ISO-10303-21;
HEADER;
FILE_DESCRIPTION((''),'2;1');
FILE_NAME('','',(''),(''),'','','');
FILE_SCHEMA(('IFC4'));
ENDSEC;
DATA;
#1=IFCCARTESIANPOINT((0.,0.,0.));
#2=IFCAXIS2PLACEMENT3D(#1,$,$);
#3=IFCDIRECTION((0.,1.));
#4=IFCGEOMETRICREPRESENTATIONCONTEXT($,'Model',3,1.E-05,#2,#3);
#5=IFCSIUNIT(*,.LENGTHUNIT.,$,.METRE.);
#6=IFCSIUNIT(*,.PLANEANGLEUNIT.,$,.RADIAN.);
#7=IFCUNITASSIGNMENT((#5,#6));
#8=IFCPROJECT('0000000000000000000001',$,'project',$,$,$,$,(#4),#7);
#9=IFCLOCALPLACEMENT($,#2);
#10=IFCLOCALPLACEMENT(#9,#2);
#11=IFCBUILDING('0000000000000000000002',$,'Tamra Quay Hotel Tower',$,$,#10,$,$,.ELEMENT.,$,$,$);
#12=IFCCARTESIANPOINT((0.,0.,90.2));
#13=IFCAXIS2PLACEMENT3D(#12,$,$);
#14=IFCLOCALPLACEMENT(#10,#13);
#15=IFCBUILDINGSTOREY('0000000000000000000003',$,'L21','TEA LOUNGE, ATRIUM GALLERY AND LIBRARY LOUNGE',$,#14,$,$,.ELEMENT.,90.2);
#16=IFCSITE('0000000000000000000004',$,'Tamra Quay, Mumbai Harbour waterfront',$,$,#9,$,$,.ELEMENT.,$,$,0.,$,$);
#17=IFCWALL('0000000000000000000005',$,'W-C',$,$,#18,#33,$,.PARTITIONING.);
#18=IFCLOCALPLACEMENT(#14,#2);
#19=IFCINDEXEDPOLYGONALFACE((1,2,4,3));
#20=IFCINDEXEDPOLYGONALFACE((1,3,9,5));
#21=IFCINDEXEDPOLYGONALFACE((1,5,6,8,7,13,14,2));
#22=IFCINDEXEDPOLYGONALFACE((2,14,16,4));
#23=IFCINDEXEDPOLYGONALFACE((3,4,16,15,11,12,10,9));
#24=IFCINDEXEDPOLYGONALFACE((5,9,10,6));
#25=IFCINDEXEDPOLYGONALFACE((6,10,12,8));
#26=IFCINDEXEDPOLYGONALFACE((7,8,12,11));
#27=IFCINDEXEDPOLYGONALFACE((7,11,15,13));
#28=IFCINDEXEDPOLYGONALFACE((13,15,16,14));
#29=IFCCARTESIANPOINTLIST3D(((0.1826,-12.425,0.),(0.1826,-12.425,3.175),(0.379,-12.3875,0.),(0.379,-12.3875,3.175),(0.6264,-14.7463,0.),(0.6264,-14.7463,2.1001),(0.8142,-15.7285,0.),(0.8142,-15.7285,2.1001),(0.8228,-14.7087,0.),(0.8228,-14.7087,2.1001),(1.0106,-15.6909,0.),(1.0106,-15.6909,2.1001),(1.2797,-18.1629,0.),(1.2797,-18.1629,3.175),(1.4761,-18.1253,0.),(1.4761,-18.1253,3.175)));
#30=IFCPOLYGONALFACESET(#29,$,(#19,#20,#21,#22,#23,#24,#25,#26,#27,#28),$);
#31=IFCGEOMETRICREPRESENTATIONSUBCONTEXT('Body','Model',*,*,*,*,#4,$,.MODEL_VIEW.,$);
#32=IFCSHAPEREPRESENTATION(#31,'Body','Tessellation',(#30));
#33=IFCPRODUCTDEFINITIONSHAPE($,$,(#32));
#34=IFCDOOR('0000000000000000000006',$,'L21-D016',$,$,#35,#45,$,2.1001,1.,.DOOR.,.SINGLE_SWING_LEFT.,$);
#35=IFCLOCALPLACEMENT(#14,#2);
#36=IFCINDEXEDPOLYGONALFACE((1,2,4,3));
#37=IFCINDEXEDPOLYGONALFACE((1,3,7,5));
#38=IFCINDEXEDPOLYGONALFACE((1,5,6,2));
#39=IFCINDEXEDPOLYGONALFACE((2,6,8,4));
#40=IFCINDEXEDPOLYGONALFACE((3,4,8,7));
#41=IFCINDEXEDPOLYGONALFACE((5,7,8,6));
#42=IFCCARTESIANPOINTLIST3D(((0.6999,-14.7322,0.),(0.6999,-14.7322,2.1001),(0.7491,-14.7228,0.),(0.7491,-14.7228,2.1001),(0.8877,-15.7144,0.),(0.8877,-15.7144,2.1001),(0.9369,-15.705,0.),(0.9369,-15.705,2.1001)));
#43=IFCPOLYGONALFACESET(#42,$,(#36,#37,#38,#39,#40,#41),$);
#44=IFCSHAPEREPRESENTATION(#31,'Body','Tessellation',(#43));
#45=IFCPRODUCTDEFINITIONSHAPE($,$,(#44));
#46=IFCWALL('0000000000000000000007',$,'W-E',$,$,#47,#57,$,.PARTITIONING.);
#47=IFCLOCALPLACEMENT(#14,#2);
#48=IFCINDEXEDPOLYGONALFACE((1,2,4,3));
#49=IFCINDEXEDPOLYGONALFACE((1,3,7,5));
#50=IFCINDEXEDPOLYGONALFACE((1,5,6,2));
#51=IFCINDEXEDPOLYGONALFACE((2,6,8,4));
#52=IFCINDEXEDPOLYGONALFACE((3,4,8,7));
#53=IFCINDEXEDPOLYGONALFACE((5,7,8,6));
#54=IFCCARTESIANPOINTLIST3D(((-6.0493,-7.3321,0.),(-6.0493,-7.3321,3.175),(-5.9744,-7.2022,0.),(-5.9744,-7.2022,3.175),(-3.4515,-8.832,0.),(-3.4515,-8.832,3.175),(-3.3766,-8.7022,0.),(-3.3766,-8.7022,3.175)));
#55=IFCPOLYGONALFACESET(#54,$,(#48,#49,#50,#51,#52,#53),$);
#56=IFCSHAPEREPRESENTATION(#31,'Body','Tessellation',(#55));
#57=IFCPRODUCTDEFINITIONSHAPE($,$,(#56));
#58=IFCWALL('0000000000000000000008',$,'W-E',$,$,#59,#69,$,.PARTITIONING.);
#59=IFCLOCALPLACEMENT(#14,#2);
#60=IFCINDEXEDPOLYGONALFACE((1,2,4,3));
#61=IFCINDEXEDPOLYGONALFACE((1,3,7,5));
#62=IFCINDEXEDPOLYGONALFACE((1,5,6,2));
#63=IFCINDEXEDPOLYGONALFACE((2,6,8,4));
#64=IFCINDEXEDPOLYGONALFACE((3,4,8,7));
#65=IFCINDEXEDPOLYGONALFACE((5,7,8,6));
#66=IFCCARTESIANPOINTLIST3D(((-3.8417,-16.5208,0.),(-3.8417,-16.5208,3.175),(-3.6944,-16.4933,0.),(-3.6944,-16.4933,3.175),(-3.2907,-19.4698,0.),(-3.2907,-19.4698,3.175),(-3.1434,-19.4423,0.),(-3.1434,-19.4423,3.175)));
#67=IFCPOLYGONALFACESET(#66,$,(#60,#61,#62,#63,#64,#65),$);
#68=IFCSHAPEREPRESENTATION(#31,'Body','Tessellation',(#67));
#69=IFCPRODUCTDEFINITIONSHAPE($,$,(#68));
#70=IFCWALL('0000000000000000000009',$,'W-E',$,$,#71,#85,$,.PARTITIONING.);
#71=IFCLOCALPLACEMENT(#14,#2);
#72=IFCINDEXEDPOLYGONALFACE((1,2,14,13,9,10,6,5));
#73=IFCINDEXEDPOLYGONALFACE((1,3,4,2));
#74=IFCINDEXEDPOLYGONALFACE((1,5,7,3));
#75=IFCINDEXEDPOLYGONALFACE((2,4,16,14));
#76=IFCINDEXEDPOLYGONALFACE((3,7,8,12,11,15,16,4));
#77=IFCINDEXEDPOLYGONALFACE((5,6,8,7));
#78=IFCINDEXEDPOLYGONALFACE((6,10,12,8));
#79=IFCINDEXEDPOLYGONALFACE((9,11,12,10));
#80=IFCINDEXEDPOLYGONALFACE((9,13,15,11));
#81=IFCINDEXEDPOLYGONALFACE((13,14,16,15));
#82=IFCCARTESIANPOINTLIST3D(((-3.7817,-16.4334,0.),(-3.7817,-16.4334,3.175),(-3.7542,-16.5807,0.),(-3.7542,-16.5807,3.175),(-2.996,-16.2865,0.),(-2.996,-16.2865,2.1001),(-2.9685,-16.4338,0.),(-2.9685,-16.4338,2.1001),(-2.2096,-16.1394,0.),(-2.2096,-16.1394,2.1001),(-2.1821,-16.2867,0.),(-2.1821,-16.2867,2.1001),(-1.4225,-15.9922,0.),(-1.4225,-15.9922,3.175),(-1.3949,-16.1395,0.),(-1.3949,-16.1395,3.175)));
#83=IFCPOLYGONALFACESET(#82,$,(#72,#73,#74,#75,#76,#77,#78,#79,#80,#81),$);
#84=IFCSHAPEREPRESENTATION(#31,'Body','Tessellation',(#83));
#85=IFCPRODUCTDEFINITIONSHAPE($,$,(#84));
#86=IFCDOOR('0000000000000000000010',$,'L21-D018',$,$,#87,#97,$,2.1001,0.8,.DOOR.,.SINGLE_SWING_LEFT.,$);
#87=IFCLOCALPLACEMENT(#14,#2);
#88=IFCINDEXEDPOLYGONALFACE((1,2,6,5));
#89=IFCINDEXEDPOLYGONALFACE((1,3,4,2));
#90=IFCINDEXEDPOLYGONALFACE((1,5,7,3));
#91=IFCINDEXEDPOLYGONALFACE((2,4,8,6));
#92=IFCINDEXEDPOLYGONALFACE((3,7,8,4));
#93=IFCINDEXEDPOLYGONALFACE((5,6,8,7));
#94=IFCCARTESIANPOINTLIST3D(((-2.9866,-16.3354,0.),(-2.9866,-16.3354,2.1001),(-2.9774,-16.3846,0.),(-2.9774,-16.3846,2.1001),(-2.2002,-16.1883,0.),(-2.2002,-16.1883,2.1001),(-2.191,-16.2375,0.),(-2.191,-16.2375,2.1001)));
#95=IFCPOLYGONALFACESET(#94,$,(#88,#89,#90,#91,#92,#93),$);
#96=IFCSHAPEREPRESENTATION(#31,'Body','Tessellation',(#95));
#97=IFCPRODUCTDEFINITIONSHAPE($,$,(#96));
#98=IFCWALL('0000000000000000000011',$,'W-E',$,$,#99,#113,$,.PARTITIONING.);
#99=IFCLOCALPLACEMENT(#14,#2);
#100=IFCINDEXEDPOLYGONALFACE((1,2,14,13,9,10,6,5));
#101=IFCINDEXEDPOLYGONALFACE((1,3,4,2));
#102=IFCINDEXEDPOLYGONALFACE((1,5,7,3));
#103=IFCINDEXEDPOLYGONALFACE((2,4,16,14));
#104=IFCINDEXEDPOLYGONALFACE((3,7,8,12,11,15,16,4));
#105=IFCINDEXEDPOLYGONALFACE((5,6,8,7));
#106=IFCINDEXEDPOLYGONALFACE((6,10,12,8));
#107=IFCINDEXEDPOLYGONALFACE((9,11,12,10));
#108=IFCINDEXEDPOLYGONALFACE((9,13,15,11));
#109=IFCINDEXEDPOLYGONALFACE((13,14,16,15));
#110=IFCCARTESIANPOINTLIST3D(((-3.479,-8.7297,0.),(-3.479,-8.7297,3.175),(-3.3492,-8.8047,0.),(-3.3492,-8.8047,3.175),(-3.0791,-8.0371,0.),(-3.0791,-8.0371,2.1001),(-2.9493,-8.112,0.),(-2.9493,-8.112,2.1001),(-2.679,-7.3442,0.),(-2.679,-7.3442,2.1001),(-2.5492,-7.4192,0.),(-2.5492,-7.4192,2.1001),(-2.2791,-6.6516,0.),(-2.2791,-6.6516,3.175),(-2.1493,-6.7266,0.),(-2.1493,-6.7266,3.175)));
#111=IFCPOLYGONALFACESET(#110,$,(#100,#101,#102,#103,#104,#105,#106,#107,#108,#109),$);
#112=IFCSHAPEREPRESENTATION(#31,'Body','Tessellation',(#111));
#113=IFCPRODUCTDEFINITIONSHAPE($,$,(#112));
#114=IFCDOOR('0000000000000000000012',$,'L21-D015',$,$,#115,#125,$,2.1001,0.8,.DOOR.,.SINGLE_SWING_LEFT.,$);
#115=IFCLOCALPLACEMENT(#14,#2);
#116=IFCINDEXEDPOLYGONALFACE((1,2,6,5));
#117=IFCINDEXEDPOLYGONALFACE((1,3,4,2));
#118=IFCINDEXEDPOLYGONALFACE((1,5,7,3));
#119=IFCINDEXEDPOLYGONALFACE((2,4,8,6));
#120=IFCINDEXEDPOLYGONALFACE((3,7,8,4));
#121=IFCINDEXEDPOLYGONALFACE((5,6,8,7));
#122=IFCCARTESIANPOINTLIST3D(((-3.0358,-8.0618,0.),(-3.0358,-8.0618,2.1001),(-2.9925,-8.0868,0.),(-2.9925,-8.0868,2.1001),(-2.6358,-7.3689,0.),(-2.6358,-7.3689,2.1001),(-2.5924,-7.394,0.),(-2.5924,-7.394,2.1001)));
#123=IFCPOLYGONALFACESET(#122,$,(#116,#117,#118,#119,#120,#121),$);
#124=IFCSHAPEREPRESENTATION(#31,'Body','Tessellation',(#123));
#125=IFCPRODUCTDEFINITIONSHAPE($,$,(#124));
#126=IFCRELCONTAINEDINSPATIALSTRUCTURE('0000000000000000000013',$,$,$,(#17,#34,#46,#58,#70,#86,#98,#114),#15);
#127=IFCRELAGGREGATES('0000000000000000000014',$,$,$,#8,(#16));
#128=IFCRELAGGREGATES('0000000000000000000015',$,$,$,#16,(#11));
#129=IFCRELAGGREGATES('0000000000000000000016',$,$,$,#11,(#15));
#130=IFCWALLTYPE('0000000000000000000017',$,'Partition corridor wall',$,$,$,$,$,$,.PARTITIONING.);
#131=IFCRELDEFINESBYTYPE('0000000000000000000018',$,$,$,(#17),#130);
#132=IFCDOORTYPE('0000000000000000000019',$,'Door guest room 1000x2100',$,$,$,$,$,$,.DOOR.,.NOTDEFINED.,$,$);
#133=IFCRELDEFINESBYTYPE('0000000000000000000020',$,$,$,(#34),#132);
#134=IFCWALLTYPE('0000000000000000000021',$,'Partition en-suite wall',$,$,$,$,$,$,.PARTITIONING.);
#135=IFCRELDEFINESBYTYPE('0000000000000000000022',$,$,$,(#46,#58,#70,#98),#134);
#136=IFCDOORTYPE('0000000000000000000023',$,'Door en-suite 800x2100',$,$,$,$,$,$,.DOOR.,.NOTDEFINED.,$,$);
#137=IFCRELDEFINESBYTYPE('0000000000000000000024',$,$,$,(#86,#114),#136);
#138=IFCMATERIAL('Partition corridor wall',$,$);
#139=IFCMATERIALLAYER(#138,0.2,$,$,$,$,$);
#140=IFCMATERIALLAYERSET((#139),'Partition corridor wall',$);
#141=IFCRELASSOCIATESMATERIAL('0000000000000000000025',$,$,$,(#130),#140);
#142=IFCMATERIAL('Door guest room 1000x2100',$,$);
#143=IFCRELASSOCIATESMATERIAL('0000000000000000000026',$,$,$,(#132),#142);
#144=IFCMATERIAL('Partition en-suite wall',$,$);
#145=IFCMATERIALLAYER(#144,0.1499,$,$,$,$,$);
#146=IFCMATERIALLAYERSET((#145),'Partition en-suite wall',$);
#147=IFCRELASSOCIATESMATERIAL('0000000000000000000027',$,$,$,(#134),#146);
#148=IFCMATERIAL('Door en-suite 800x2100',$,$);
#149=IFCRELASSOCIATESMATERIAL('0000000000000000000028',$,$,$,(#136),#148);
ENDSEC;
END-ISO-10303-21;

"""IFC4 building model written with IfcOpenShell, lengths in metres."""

from ifc_helpers import new_model, si_unit, direction, frame, frame_2d, origin, place, context, subcontext, project, spatial, rectangle, extrude, material, layer, layer_set, type_object, element, fill, save


model = new_model("IFC4")

# Units and contexts
model_context = context("Model", 3, precision=1e-05, world=origin(), true_north=direction((0.0, 1.0)))
body_context = subcontext(model_context, "Body", "Model", "MODEL_VIEW")
ifc_project = project(units=[si_unit("LENGTHUNIT", "METRE"), si_unit("PLANEANGLEUNIT", "RADIAN")], contexts=[model_context])

# Site, building, storey
site_placement = place(None, origin())
site = spatial("IfcSite", under=ifc_project, at=site_placement, Name="Tamra Quay, Mumbai Harbour waterfront", CompositionType="ELEMENT", RefElevation=0.0)
building_placement = place(site_placement, origin())
building = spatial("IfcBuilding", under=site, at=building_placement, Name="Tamra Quay Hotel Tower", CompositionType="ELEMENT")
storey_placement = place(building_placement, frame((0.0, 0.0, 90.2)))
storey = spatial("IfcBuildingStorey", under=building, at=storey_placement, Name="L21", Description="TEA LOUNGE, ATRIUM GALLERY AND LIBRARY LOUNGE", CompositionType="ELEMENT", Elevation=90.2)

# Shared definitions
ifc_material_1 = material(Name="Partition corridor wall")
ifc_layer_1 = layer(ifc_material_1, 0.2)
ifc_layer_set_1 = layer_set([ifc_layer_1], Name="Partition corridor wall")
wall_type_1 = type_object("IfcWallType", Name="Partition corridor wall", PredefinedType="PARTITIONING", material=ifc_layer_set_1)

# Wall, opening, door
wall_1_placement = place(storey_placement, frame((0.2808, -12.4062, 0.0), z_axis=(0.0, 0.0, 1.0), x_axis=(0.187815, -0.982204, 0.0)))
wall_1 = element("IfcWall", 1, at=wall_1_placement, inside=storey, type_object=wall_type_1, Name="W-C", PredefinedType="PARTITIONING", context=body_context, shape_type="SweptSolid", body=[
    extrude(rectangle(XDim=5.8418, YDim=0.2, at=frame_2d((2.9209, 0.0))), origin(), (0.0, 0.0, 1.0), 3.175),
])
opening_1_placement = place(wall_1_placement, frame((2.3633, 0.0, 0.0)))
opening_1 = element("IfcOpeningElement", 2, at=opening_1_placement, cuts=wall_1, PredefinedType="OPENING", context=body_context, shape_type="SweptSolid", body=[
    extrude(rectangle(XDim=1.0, YDim=2.1001, at=frame_2d((0.5, 1.05))), frame((0.0, 0.1099, 0.0), z_axis=(0.0, -1.0, 0.0), x_axis=(1.0, 0.0, 0.0)), (0.0, 0.0, 1.0), 0.22),
])
ifc_material_2 = material(Name="Door guest room 1000x2100")
door_type_1 = type_object("IfcDoorType", Name="Door guest room 1000x2100", OperationType="NOTDEFINED", PredefinedType="DOOR", material=ifc_material_2)
door_1_placement = place(opening_1_placement, origin())
door_1 = element("IfcDoor", 3, at=door_1_placement, inside=storey, type_object=door_type_1, Name="L21-D016", OperationType="SINGLE_SWING_LEFT", OverallHeight=2.1001, OverallWidth=1.0, PredefinedType="DOOR", context=body_context, shape_type="SweptSolid", body=[
    extrude(rectangle(XDim=1.0, YDim=2.1001, at=frame_2d((0.5, 1.05))), frame((0.0, 0.0249, 0.0), z_axis=(0.0, -1.0, 0.0), x_axis=(1.0, 0.0, 0.0)), (0.0, 0.0, 1.0), 0.05),
])
fill(opening_1, door_1)

# Walls
ifc_material_3 = material(Name="Partition en-suite wall")
ifc_layer_2 = layer(ifc_material_3, 0.1499)
ifc_layer_set_2 = layer_set([ifc_layer_2], Name="Partition en-suite wall")
wall_type_2 = type_object("IfcWallType", Name="Partition en-suite wall", PredefinedType="PARTITIONING", material=ifc_layer_set_2)
wall_2_placement = place(storey_placement, frame((-6.012, -7.2671, 0.0), z_axis=(0.0, 0.0, 1.0), x_axis=(0.866011, -0.500025, 0.0)))
element("IfcWall", 4, at=wall_2_placement, inside=storey, type_object=wall_type_2, Name="W-E", PredefinedType="PARTITIONING", context=body_context, shape_type="SweptSolid", body=[
    extrude(rectangle(XDim=2.9998, YDim=0.1499, at=frame_2d((1.5, 0.0))), origin(), (0.0, 0.0, 1.0), 3.175),
])
wall_3_placement = place(storey_placement, frame((-3.7681, -16.5071, 0.0), z_axis=(0.0, 0.0, 1.0), x_axis=(0.183674, -0.982987, 0.0)))
element("IfcWall", 5, at=wall_3_placement, inside=storey, type_object=wall_type_2, Name="W-E", PredefinedType="PARTITIONING", context=body_context, shape_type="SweptSolid", body=[
    extrude(rectangle(XDim=3.0, YDim=0.1499, at=frame_2d((1.5, 0.0))), origin(), (0.0, 0.0, 1.0), 3.175),
])

# Walls, openings, doors
wall_4_placement = place(storey_placement, frame((-3.7681, -16.5071, 0.0), z_axis=(0.0, 0.0, 1.0), x_axis=(0.982961, 0.183816, 0.0)))
wall_4 = element("IfcWall", 6, at=wall_4_placement, inside=storey, type_object=wall_type_2, Name="W-E", PredefinedType="PARTITIONING", context=body_context, shape_type="SweptSolid", body=[
    extrude(rectangle(XDim=2.4001, YDim=0.1499, at=frame_2d((1.2002, 0.0))), origin(), (0.0, 0.0, 1.0), 3.175),
])
opening_2_placement = place(wall_4_placement, frame((0.7996, 0.0, 0.0)))
opening_2 = element("IfcOpeningElement", 7, at=opening_2_placement, cuts=wall_4, PredefinedType="OPENING", context=body_context, shape_type="SweptSolid", body=[
    extrude(rectangle(XDim=0.8, YDim=2.1001, at=frame_2d((0.3999, 1.05))), frame((0.0, 0.085, 0.0), z_axis=(0.0, -1.0, 0.0), x_axis=(1.0, 0.0, 0.0)), (0.0, 0.0, 1.0), 0.1699),
])
ifc_material_4 = material(Name="Door en-suite 800x2100")
door_type_2 = type_object("IfcDoorType", Name="Door en-suite 800x2100", OperationType="NOTDEFINED", PredefinedType="DOOR", material=ifc_material_4)
door_2_placement = place(opening_2_placement, frame((0.8, 0.0, 0.0), z_axis=(0.0, 0.0, 1.0), x_axis=(-1.0, 0.0, 0.0)))
door_2 = element("IfcDoor", 8, at=door_2_placement, inside=storey, type_object=door_type_2, Name="L21-D018", OperationType="SINGLE_SWING_LEFT", OverallHeight=2.1001, OverallWidth=0.8, PredefinedType="DOOR", context=body_context, shape_type="SweptSolid", body=[
    extrude(rectangle(XDim=0.8, YDim=2.1001, at=frame_2d((0.3999, 1.05))), frame((0.0, 0.0249, 0.0), z_axis=(0.0, -1.0, 0.0), x_axis=(1.0, 0.0, 0.0)), (0.0, 0.0, 1.0), 0.05),
])
fill(opening_2, door_2)
wall_5_placement = place(storey_placement, frame((-3.4141, -8.7671, 0.0), z_axis=(0.0, 0.0, 1.0), x_axis=(0.500045, 0.865999, 0.0)))
wall_5 = element("IfcWall", 9, at=wall_5_placement, inside=storey, type_object=wall_type_2, Name="W-E", PredefinedType="PARTITIONING", context=body_context, shape_type="SweptSolid", body=[
    extrude(rectangle(XDim=2.3997, YDim=0.1499, at=frame_2d((1.1997, 0.0))), origin(), (0.0, 0.0, 1.0), 3.175),
])
opening_3_placement = place(wall_5_placement, frame((0.7998, 0.0, 0.0)))
opening_3 = element("IfcOpeningElement", 10, at=opening_3_placement, cuts=wall_5, PredefinedType="OPENING", context=body_context, shape_type="SweptSolid", body=[
    extrude(rectangle(XDim=0.8, YDim=2.1001, at=frame_2d((0.3999, 1.05))), frame((0.0, 0.085, 0.0), z_axis=(0.0, -1.0, 0.0), x_axis=(1.0, 0.0, 0.0)), (0.0, 0.0, 1.0), 0.1699),
])
door_3_placement = place(opening_3_placement, frame((0.8, 0.0, 0.0), z_axis=(0.0, 0.0, 1.0), x_axis=(-1.0, 0.0, 0.0)))
door_3 = element("IfcDoor", 11, at=door_3_placement, inside=storey, type_object=door_type_2, Name="L21-D015", OperationType="SINGLE_SWING_LEFT", OverallHeight=2.1001, OverallWidth=0.8, PredefinedType="DOOR", context=body_context, shape_type="SweptSolid", body=[
    extrude(rectangle(XDim=0.8, YDim=2.1001, at=frame_2d((0.3999, 1.05))), frame((0.0, 0.0249, 0.0), z_axis=(0.0, -1.0, 0.0), x_axis=(1.0, 0.0, 0.0)), (0.0, 0.0, 1.0), 0.05),
])
fill(opening_3, door_3)

save(model, "model.ifc")
